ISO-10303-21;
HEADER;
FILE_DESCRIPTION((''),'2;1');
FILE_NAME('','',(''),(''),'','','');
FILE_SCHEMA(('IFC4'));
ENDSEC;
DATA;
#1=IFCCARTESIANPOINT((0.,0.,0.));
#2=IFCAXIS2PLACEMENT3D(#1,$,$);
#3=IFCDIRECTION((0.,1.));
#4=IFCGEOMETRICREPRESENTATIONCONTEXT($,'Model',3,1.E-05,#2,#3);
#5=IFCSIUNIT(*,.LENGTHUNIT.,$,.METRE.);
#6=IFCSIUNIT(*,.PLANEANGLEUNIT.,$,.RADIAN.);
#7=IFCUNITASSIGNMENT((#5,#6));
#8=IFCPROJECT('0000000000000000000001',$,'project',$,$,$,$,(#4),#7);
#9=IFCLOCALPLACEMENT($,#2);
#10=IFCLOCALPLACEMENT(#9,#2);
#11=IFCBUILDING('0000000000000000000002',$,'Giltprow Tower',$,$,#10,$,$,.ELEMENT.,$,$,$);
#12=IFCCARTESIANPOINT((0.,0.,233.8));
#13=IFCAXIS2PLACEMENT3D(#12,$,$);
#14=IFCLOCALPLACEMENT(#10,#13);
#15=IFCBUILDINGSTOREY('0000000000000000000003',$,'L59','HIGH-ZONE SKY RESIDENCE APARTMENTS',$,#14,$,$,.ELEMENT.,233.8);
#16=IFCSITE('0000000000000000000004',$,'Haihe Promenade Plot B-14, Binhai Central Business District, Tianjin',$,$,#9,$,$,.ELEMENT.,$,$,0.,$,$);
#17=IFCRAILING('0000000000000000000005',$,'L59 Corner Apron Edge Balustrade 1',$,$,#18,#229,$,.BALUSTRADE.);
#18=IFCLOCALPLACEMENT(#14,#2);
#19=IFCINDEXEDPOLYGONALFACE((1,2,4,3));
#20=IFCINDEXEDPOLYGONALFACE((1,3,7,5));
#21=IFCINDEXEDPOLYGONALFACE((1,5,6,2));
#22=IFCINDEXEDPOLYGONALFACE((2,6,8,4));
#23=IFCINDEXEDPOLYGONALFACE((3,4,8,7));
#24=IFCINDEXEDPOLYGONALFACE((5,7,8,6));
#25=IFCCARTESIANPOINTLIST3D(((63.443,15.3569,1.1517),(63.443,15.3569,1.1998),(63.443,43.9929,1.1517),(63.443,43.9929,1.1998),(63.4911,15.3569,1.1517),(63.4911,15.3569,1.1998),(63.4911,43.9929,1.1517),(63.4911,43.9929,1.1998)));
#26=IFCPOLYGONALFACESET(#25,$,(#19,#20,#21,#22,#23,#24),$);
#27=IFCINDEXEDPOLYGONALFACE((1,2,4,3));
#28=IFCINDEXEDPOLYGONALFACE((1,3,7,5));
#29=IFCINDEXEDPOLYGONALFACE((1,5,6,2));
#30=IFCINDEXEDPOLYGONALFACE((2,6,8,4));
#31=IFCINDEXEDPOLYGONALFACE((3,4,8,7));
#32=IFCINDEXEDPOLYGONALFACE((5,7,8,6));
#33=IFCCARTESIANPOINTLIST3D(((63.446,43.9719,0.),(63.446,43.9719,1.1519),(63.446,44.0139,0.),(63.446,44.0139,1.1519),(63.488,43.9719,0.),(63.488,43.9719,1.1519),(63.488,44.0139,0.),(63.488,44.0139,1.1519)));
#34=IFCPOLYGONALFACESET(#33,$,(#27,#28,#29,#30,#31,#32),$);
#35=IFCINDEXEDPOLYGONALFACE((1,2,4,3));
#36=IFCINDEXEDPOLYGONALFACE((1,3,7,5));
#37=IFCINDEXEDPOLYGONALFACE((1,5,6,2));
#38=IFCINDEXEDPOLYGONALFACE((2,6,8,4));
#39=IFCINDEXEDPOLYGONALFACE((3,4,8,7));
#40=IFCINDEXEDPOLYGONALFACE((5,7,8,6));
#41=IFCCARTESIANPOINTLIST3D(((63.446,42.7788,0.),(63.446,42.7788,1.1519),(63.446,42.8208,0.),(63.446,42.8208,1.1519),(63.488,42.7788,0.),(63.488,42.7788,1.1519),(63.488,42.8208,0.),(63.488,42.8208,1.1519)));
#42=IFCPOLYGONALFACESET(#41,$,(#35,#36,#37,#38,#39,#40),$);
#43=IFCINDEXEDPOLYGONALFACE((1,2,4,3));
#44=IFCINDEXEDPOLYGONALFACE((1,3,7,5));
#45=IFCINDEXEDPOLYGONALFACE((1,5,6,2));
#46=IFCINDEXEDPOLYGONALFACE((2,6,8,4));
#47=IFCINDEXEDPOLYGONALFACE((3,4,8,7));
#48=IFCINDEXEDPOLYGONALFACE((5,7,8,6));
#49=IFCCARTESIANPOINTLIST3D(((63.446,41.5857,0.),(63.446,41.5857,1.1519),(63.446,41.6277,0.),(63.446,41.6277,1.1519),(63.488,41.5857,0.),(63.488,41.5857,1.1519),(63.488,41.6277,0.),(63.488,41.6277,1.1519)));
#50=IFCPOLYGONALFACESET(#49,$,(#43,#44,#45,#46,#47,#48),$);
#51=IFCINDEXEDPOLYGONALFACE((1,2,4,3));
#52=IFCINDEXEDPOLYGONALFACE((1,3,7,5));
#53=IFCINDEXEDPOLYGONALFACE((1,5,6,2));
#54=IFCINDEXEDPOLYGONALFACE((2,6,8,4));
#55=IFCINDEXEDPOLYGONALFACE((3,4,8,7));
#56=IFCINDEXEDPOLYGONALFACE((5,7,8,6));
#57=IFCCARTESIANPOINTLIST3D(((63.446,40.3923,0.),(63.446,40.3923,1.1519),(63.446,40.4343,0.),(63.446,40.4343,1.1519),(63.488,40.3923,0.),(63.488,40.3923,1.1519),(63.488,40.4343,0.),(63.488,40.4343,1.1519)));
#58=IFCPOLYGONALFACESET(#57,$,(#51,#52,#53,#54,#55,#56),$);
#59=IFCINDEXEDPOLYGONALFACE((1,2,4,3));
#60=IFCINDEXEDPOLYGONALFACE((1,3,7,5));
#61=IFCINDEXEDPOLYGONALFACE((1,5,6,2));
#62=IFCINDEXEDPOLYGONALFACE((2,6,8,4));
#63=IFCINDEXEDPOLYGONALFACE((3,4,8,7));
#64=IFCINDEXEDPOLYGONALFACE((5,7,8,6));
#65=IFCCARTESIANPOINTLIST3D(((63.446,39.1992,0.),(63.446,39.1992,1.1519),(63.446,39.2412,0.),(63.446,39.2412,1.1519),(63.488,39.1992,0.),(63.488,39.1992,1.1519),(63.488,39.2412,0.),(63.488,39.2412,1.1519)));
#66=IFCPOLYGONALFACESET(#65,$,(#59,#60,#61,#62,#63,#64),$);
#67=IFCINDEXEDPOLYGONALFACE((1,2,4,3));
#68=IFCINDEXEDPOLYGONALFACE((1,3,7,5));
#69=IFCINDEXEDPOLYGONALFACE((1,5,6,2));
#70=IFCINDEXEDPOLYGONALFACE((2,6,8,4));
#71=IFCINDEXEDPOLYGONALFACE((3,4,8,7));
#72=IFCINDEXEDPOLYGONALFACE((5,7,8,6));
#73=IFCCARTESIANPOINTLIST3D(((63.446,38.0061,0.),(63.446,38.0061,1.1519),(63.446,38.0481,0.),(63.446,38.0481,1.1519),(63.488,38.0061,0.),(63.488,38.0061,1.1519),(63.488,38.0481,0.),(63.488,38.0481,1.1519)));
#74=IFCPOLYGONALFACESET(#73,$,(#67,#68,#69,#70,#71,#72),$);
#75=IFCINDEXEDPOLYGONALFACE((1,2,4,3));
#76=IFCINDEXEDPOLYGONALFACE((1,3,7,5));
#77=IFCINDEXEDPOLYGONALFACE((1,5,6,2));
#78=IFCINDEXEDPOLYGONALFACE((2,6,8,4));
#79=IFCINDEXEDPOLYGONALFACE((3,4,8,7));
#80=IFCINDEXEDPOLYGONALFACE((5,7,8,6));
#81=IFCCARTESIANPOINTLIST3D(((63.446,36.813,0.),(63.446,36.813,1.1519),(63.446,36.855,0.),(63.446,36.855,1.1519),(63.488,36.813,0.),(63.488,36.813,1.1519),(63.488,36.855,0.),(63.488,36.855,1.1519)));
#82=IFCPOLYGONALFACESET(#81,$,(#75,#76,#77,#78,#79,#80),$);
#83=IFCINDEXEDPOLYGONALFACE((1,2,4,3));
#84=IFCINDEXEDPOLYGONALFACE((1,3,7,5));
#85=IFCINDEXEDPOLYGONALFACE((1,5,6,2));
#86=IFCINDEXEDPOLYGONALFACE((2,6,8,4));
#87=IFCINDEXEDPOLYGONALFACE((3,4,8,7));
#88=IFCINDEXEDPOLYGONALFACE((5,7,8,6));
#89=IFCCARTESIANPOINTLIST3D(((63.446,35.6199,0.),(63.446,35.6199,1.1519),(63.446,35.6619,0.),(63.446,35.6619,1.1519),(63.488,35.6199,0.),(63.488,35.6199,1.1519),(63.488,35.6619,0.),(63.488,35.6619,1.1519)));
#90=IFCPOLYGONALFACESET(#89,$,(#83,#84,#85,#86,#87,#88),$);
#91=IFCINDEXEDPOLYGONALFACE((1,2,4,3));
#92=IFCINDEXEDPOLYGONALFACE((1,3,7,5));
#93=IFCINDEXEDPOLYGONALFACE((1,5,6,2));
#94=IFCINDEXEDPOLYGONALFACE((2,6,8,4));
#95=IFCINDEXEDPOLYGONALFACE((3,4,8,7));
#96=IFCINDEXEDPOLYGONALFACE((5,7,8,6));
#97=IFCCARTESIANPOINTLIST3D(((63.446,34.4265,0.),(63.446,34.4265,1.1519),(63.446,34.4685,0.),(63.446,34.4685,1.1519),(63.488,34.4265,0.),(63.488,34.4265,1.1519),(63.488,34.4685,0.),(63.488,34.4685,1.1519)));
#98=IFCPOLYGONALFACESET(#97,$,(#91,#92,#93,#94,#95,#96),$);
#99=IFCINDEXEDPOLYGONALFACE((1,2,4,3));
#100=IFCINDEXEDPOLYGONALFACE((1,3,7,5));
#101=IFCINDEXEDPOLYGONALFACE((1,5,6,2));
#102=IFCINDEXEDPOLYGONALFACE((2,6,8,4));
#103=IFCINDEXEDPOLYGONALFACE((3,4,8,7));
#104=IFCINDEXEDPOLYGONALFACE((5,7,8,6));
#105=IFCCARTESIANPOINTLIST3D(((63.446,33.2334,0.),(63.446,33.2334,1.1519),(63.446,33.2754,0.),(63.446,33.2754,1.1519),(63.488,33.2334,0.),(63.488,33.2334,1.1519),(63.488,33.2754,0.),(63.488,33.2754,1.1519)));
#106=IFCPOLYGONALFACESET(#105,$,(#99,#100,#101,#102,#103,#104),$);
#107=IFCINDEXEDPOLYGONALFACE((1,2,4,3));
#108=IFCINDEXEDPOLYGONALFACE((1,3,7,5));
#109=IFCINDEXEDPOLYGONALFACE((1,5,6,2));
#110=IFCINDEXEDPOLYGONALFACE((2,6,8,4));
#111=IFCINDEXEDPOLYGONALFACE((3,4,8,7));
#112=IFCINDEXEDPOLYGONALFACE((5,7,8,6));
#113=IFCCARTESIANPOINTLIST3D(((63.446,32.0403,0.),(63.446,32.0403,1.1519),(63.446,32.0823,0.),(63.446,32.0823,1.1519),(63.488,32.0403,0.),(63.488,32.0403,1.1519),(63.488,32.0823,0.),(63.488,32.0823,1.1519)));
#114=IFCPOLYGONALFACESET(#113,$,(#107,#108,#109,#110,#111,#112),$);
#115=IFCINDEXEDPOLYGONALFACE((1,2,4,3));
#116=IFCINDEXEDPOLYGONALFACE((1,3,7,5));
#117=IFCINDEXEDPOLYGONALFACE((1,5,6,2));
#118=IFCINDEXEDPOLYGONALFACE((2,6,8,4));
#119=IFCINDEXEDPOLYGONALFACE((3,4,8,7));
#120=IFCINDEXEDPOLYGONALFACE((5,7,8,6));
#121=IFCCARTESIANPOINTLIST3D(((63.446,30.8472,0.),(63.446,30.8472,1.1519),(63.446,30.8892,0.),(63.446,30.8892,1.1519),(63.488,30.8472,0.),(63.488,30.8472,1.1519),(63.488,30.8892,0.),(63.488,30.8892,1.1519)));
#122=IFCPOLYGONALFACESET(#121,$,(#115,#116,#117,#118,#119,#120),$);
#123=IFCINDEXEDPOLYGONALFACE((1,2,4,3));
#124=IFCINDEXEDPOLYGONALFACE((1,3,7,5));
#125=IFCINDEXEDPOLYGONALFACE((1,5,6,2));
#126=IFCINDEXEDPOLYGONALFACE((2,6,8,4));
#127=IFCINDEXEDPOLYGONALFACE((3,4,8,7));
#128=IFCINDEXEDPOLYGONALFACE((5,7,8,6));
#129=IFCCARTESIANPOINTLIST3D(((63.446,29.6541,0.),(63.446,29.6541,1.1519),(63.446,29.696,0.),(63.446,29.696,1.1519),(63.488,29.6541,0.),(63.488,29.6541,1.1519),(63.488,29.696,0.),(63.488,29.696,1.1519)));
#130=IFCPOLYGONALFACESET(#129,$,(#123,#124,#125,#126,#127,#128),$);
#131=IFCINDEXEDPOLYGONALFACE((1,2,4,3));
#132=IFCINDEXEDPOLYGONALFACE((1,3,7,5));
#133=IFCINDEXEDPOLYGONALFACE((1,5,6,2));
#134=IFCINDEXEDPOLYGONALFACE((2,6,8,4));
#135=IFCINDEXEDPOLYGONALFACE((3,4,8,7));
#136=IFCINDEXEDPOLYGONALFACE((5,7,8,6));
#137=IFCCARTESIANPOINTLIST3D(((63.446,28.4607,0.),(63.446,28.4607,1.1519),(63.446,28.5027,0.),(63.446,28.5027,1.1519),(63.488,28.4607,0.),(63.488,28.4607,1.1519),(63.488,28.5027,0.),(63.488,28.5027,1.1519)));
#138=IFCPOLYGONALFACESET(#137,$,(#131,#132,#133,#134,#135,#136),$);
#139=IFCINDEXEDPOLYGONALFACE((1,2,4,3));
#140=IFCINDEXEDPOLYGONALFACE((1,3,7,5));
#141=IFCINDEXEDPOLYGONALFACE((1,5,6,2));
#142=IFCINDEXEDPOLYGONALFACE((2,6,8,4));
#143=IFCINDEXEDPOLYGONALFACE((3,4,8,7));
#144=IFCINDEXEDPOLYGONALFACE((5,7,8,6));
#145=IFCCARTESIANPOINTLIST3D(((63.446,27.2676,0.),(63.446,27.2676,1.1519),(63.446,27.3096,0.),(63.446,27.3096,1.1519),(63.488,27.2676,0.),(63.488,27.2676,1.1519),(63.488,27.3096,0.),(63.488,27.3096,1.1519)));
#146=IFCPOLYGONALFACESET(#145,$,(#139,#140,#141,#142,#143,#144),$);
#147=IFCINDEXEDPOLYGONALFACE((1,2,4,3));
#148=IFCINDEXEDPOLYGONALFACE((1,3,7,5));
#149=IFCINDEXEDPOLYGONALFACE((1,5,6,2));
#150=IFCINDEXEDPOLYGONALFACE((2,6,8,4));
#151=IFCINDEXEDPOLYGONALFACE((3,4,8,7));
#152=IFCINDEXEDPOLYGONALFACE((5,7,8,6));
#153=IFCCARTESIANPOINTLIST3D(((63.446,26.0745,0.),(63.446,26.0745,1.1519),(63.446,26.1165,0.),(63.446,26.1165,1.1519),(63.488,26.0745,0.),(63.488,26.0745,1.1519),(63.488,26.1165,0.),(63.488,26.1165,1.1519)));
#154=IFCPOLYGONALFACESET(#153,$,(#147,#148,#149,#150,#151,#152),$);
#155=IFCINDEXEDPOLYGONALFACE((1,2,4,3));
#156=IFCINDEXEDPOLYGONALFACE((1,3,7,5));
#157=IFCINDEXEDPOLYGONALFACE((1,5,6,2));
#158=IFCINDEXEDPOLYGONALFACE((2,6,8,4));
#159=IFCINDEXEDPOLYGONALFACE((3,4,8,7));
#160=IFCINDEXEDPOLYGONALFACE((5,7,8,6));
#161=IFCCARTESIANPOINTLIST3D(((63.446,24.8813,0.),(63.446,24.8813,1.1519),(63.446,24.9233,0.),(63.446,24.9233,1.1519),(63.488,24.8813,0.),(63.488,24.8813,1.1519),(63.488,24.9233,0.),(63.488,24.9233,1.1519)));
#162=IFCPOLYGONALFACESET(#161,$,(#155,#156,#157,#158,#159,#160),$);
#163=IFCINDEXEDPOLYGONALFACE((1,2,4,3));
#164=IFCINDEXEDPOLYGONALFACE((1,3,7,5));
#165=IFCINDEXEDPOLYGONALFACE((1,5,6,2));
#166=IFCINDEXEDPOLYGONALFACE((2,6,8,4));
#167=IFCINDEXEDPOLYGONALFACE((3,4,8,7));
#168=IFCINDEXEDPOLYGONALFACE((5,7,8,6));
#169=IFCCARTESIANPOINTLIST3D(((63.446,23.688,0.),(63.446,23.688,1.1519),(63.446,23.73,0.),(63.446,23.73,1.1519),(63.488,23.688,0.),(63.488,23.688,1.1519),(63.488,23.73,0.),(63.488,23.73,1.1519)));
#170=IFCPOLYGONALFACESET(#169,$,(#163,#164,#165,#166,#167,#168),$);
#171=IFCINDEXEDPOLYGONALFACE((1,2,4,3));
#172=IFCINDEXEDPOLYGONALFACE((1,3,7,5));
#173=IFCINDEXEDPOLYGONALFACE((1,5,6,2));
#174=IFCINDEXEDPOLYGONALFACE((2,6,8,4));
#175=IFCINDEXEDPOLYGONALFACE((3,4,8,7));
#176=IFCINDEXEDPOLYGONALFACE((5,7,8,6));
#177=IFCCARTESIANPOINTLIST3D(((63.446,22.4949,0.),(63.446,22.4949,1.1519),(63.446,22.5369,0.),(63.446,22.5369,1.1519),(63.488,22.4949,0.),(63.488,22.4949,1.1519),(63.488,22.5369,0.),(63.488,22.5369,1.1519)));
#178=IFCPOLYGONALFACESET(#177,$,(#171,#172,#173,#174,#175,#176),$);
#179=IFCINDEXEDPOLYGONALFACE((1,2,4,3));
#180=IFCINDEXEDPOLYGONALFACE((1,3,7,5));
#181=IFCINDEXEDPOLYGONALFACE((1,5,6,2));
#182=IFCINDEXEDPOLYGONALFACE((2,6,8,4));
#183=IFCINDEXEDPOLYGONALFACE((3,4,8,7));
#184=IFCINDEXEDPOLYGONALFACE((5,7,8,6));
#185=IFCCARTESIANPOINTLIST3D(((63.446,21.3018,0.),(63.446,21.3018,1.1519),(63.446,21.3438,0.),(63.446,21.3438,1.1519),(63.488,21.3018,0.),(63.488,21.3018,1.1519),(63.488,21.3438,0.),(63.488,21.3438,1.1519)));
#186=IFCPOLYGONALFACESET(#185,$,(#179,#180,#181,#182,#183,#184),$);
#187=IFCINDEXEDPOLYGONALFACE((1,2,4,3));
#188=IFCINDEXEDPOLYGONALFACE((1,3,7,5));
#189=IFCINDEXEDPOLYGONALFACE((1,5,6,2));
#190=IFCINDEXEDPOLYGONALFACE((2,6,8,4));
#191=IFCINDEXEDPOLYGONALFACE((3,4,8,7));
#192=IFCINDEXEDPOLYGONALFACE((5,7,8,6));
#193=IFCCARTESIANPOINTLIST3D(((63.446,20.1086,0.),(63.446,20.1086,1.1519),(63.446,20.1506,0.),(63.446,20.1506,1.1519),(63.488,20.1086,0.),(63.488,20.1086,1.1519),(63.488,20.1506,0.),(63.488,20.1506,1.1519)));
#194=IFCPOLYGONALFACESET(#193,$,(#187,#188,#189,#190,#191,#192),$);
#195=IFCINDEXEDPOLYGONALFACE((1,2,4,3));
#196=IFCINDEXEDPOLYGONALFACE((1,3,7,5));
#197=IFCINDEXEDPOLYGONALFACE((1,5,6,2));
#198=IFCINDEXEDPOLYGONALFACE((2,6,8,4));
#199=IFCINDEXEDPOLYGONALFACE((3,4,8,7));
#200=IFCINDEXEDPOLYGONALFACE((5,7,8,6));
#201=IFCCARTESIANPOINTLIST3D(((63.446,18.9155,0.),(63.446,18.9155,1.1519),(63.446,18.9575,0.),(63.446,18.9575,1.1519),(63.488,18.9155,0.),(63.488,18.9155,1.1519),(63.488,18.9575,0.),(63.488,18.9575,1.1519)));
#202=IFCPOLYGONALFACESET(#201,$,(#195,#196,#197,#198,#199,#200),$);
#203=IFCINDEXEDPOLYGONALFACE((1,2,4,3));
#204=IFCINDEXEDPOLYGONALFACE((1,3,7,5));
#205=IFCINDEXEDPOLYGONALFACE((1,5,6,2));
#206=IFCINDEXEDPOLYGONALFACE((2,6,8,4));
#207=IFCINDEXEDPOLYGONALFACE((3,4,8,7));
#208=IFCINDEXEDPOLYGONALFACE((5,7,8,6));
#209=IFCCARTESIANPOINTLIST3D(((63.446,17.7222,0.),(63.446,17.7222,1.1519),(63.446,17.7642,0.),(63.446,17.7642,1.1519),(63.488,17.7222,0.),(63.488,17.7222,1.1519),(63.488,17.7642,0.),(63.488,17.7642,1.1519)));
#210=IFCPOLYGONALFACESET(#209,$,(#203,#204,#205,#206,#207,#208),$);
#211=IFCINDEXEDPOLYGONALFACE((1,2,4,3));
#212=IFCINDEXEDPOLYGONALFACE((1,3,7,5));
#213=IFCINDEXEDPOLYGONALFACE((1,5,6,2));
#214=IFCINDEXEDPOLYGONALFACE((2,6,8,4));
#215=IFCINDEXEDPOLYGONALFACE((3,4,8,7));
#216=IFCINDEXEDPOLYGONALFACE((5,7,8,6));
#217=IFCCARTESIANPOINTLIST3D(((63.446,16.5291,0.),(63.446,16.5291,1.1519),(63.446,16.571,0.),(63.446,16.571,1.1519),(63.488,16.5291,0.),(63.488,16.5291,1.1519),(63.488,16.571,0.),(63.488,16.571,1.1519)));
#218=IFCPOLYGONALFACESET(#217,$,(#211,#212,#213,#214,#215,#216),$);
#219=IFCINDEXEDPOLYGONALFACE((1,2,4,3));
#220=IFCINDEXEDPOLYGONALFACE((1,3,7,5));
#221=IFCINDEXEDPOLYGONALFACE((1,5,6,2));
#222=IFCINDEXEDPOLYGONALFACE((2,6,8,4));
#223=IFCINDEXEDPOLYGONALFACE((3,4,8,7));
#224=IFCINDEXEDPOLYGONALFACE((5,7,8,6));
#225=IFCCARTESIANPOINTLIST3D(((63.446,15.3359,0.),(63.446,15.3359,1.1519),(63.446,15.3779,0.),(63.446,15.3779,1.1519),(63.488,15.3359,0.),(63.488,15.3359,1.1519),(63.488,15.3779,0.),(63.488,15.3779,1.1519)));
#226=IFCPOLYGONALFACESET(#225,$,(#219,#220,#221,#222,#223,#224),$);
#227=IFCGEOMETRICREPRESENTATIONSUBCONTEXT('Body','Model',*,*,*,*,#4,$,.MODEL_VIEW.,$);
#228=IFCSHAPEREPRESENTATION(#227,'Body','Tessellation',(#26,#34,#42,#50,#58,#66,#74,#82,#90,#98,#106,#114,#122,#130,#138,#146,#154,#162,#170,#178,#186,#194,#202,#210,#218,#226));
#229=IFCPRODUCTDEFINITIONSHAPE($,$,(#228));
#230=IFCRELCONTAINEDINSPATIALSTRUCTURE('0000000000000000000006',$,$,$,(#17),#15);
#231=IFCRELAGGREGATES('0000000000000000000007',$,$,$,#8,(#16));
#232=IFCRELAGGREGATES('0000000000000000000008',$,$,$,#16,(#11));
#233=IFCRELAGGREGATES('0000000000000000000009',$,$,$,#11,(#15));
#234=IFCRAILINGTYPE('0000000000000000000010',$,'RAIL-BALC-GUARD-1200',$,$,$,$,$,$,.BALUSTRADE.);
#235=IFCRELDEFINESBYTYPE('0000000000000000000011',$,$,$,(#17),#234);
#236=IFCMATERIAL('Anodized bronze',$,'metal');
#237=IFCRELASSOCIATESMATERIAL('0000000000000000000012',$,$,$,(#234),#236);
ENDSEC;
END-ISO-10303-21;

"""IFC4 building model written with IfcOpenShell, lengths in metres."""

from ifc_helpers import new_model, si_unit, direction, frame, origin, origin_2d, place, context, subcontext, project, spatial, rectangle, extrude, material, type_object, element, save


model = new_model("IFC4")

# Units and contexts
model_context = context("Model", 3, precision=1e-05, world=origin(), true_north=direction((0.0, 1.0)))
body_context = subcontext(model_context, "Body", "Model", "MODEL_VIEW")
ifc_project = project(units=[si_unit("LENGTHUNIT", "METRE"), si_unit("PLANEANGLEUNIT", "RADIAN")], contexts=[model_context])

# Site, building, storey
site_placement = place(None, origin())
site = spatial("IfcSite", under=ifc_project, at=site_placement, Name="Haihe Promenade Plot B-14, Binhai Central Business District, Tianjin", CompositionType="ELEMENT", RefElevation=0.0)
building_placement = place(site_placement, origin())
building = spatial("IfcBuilding", under=site, at=building_placement, Name="Giltprow Tower", CompositionType="ELEMENT")
storey_placement = place(building_placement, frame((0.0, 0.0, 233.8)))
storey = spatial("IfcBuildingStorey", under=building, at=storey_placement, Name="L59", Description="HIGH-ZONE SKY RESIDENCE APARTMENTS", CompositionType="ELEMENT", Elevation=233.8)

# Railing
ifc_material_1 = material(Name="Anodized bronze", Category="metal")
railing_type_1 = type_object("IfcRailingType", Name="RAIL-BALC-GUARD-1200", PredefinedType="BALUSTRADE", material=ifc_material_1)
railing_1_placement = place(storey_placement, frame((63.467, 43.9929, 0.0)))
element("IfcRailing", 1, at=railing_1_placement, inside=storey, type_object=railing_type_1, Name="L59 Corner Apron Edge Balustrade 1", PredefinedType="BALUSTRADE", context=body_context, shape_type="SweptSolid", body=[
    extrude(rectangle(XDim=0.0481, YDim=0.0481, at=origin_2d()), frame((0.0, 0.0, 1.1758), z_axis=(0.0, -1.0, 0.0), x_axis=(1.0, 0.0, 0.0)), (0.0, 0.0, 1.0), 28.636),
    extrude(rectangle(XDim=0.042, YDim=0.042, at=origin_2d()), origin(), (0.0, 0.0, 1.0), 1.1519),
    extrude(rectangle(XDim=0.042, YDim=0.042, at=origin_2d()), frame((0.0, -1.1931, 0.0)), (0.0, 0.0, 1.0), 1.1519),
    extrude(rectangle(XDim=0.042, YDim=0.042, at=origin_2d()), frame((0.0, -2.3862, 0.0)), (0.0, 0.0, 1.0), 1.1519),
    extrude(rectangle(XDim=0.042, YDim=0.042, at=origin_2d()), frame((0.0, -3.5796, 0.0)), (0.0, 0.0, 1.0), 1.1519),
    extrude(rectangle(XDim=0.042, YDim=0.042, at=origin_2d()), frame((0.0, -4.7727, 0.0)), (0.0, 0.0, 1.0), 1.1519),
    extrude(rectangle(XDim=0.042, YDim=0.042, at=origin_2d()), frame((0.0, -5.9658, 0.0)), (0.0, 0.0, 1.0), 1.1519),
    extrude(rectangle(XDim=0.042, YDim=0.042, at=origin_2d()), frame((0.0, -7.1589, 0.0)), (0.0, 0.0, 1.0), 1.1519),
    extrude(rectangle(XDim=0.042, YDim=0.042, at=origin_2d()), frame((0.0, -8.3521, 0.0)), (0.0, 0.0, 1.0), 1.1519),
    extrude(rectangle(XDim=0.042, YDim=0.042, at=origin_2d()), frame((0.0, -9.5454, 0.0)), (0.0, 0.0, 1.0), 1.1519),
    extrude(rectangle(XDim=0.042, YDim=0.042, at=origin_2d()), frame((0.0, -10.7385, 0.0)), (0.0, 0.0, 1.0), 1.1519),
    extrude(rectangle(XDim=0.042, YDim=0.042, at=origin_2d()), frame((0.0, -11.9316, 0.0)), (0.0, 0.0, 1.0), 1.1519),
    extrude(rectangle(XDim=0.042, YDim=0.042, at=origin_2d()), frame((0.0, -13.1248, 0.0)), (0.0, 0.0, 1.0), 1.1519),
    extrude(rectangle(XDim=0.042, YDim=0.042, at=origin_2d()), frame((0.0, -14.3179, 0.0)), (0.0, 0.0, 1.0), 1.1519),
    extrude(rectangle(XDim=0.042, YDim=0.042, at=origin_2d()), frame((0.0, -15.5112, 0.0)), (0.0, 0.0, 1.0), 1.1519),
    extrude(rectangle(XDim=0.042, YDim=0.042, at=origin_2d()), frame((0.0, -16.7043, 0.0)), (0.0, 0.0, 1.0), 1.1519),
    extrude(rectangle(XDim=0.042, YDim=0.042, at=origin_2d()), frame((0.0, -17.8975, 0.0)), (0.0, 0.0, 1.0), 1.1519),
    extrude(rectangle(XDim=0.042, YDim=0.042, at=origin_2d()), frame((0.0, -19.0906, 0.0)), (0.0, 0.0, 1.0), 1.1519),
    extrude(rectangle(XDim=0.042, YDim=0.042, at=origin_2d()), frame((0.0, -20.2839, 0.0)), (0.0, 0.0, 1.0), 1.1519),
    extrude(rectangle(XDim=0.042, YDim=0.042, at=origin_2d()), frame((0.0, -21.4771, 0.0)), (0.0, 0.0, 1.0), 1.1519),
    extrude(rectangle(XDim=0.042, YDim=0.042, at=origin_2d()), frame((0.0, -22.6702, 0.0)), (0.0, 0.0, 1.0), 1.1519),
    extrude(rectangle(XDim=0.042, YDim=0.042, at=origin_2d()), frame((0.0, -23.8633, 0.0)), (0.0, 0.0, 1.0), 1.1519),
    extrude(rectangle(XDim=0.042, YDim=0.042, at=origin_2d()), frame((0.0, -25.0564, 0.0)), (0.0, 0.0, 1.0), 1.1519),
    extrude(rectangle(XDim=0.042, YDim=0.042, at=origin_2d()), frame((0.0, -26.2498, 0.0)), (0.0, 0.0, 1.0), 1.1519),
    extrude(rectangle(XDim=0.042, YDim=0.042, at=origin_2d()), frame((0.0, -27.4429, 0.0)), (0.0, 0.0, 1.0), 1.1519),
    extrude(rectangle(XDim=0.042, YDim=0.042, at=origin_2d()), frame((0.0, -28.636, 0.0)), (0.0, 0.0, 1.0), 1.1519),
])

save(model, "model.ifc")
